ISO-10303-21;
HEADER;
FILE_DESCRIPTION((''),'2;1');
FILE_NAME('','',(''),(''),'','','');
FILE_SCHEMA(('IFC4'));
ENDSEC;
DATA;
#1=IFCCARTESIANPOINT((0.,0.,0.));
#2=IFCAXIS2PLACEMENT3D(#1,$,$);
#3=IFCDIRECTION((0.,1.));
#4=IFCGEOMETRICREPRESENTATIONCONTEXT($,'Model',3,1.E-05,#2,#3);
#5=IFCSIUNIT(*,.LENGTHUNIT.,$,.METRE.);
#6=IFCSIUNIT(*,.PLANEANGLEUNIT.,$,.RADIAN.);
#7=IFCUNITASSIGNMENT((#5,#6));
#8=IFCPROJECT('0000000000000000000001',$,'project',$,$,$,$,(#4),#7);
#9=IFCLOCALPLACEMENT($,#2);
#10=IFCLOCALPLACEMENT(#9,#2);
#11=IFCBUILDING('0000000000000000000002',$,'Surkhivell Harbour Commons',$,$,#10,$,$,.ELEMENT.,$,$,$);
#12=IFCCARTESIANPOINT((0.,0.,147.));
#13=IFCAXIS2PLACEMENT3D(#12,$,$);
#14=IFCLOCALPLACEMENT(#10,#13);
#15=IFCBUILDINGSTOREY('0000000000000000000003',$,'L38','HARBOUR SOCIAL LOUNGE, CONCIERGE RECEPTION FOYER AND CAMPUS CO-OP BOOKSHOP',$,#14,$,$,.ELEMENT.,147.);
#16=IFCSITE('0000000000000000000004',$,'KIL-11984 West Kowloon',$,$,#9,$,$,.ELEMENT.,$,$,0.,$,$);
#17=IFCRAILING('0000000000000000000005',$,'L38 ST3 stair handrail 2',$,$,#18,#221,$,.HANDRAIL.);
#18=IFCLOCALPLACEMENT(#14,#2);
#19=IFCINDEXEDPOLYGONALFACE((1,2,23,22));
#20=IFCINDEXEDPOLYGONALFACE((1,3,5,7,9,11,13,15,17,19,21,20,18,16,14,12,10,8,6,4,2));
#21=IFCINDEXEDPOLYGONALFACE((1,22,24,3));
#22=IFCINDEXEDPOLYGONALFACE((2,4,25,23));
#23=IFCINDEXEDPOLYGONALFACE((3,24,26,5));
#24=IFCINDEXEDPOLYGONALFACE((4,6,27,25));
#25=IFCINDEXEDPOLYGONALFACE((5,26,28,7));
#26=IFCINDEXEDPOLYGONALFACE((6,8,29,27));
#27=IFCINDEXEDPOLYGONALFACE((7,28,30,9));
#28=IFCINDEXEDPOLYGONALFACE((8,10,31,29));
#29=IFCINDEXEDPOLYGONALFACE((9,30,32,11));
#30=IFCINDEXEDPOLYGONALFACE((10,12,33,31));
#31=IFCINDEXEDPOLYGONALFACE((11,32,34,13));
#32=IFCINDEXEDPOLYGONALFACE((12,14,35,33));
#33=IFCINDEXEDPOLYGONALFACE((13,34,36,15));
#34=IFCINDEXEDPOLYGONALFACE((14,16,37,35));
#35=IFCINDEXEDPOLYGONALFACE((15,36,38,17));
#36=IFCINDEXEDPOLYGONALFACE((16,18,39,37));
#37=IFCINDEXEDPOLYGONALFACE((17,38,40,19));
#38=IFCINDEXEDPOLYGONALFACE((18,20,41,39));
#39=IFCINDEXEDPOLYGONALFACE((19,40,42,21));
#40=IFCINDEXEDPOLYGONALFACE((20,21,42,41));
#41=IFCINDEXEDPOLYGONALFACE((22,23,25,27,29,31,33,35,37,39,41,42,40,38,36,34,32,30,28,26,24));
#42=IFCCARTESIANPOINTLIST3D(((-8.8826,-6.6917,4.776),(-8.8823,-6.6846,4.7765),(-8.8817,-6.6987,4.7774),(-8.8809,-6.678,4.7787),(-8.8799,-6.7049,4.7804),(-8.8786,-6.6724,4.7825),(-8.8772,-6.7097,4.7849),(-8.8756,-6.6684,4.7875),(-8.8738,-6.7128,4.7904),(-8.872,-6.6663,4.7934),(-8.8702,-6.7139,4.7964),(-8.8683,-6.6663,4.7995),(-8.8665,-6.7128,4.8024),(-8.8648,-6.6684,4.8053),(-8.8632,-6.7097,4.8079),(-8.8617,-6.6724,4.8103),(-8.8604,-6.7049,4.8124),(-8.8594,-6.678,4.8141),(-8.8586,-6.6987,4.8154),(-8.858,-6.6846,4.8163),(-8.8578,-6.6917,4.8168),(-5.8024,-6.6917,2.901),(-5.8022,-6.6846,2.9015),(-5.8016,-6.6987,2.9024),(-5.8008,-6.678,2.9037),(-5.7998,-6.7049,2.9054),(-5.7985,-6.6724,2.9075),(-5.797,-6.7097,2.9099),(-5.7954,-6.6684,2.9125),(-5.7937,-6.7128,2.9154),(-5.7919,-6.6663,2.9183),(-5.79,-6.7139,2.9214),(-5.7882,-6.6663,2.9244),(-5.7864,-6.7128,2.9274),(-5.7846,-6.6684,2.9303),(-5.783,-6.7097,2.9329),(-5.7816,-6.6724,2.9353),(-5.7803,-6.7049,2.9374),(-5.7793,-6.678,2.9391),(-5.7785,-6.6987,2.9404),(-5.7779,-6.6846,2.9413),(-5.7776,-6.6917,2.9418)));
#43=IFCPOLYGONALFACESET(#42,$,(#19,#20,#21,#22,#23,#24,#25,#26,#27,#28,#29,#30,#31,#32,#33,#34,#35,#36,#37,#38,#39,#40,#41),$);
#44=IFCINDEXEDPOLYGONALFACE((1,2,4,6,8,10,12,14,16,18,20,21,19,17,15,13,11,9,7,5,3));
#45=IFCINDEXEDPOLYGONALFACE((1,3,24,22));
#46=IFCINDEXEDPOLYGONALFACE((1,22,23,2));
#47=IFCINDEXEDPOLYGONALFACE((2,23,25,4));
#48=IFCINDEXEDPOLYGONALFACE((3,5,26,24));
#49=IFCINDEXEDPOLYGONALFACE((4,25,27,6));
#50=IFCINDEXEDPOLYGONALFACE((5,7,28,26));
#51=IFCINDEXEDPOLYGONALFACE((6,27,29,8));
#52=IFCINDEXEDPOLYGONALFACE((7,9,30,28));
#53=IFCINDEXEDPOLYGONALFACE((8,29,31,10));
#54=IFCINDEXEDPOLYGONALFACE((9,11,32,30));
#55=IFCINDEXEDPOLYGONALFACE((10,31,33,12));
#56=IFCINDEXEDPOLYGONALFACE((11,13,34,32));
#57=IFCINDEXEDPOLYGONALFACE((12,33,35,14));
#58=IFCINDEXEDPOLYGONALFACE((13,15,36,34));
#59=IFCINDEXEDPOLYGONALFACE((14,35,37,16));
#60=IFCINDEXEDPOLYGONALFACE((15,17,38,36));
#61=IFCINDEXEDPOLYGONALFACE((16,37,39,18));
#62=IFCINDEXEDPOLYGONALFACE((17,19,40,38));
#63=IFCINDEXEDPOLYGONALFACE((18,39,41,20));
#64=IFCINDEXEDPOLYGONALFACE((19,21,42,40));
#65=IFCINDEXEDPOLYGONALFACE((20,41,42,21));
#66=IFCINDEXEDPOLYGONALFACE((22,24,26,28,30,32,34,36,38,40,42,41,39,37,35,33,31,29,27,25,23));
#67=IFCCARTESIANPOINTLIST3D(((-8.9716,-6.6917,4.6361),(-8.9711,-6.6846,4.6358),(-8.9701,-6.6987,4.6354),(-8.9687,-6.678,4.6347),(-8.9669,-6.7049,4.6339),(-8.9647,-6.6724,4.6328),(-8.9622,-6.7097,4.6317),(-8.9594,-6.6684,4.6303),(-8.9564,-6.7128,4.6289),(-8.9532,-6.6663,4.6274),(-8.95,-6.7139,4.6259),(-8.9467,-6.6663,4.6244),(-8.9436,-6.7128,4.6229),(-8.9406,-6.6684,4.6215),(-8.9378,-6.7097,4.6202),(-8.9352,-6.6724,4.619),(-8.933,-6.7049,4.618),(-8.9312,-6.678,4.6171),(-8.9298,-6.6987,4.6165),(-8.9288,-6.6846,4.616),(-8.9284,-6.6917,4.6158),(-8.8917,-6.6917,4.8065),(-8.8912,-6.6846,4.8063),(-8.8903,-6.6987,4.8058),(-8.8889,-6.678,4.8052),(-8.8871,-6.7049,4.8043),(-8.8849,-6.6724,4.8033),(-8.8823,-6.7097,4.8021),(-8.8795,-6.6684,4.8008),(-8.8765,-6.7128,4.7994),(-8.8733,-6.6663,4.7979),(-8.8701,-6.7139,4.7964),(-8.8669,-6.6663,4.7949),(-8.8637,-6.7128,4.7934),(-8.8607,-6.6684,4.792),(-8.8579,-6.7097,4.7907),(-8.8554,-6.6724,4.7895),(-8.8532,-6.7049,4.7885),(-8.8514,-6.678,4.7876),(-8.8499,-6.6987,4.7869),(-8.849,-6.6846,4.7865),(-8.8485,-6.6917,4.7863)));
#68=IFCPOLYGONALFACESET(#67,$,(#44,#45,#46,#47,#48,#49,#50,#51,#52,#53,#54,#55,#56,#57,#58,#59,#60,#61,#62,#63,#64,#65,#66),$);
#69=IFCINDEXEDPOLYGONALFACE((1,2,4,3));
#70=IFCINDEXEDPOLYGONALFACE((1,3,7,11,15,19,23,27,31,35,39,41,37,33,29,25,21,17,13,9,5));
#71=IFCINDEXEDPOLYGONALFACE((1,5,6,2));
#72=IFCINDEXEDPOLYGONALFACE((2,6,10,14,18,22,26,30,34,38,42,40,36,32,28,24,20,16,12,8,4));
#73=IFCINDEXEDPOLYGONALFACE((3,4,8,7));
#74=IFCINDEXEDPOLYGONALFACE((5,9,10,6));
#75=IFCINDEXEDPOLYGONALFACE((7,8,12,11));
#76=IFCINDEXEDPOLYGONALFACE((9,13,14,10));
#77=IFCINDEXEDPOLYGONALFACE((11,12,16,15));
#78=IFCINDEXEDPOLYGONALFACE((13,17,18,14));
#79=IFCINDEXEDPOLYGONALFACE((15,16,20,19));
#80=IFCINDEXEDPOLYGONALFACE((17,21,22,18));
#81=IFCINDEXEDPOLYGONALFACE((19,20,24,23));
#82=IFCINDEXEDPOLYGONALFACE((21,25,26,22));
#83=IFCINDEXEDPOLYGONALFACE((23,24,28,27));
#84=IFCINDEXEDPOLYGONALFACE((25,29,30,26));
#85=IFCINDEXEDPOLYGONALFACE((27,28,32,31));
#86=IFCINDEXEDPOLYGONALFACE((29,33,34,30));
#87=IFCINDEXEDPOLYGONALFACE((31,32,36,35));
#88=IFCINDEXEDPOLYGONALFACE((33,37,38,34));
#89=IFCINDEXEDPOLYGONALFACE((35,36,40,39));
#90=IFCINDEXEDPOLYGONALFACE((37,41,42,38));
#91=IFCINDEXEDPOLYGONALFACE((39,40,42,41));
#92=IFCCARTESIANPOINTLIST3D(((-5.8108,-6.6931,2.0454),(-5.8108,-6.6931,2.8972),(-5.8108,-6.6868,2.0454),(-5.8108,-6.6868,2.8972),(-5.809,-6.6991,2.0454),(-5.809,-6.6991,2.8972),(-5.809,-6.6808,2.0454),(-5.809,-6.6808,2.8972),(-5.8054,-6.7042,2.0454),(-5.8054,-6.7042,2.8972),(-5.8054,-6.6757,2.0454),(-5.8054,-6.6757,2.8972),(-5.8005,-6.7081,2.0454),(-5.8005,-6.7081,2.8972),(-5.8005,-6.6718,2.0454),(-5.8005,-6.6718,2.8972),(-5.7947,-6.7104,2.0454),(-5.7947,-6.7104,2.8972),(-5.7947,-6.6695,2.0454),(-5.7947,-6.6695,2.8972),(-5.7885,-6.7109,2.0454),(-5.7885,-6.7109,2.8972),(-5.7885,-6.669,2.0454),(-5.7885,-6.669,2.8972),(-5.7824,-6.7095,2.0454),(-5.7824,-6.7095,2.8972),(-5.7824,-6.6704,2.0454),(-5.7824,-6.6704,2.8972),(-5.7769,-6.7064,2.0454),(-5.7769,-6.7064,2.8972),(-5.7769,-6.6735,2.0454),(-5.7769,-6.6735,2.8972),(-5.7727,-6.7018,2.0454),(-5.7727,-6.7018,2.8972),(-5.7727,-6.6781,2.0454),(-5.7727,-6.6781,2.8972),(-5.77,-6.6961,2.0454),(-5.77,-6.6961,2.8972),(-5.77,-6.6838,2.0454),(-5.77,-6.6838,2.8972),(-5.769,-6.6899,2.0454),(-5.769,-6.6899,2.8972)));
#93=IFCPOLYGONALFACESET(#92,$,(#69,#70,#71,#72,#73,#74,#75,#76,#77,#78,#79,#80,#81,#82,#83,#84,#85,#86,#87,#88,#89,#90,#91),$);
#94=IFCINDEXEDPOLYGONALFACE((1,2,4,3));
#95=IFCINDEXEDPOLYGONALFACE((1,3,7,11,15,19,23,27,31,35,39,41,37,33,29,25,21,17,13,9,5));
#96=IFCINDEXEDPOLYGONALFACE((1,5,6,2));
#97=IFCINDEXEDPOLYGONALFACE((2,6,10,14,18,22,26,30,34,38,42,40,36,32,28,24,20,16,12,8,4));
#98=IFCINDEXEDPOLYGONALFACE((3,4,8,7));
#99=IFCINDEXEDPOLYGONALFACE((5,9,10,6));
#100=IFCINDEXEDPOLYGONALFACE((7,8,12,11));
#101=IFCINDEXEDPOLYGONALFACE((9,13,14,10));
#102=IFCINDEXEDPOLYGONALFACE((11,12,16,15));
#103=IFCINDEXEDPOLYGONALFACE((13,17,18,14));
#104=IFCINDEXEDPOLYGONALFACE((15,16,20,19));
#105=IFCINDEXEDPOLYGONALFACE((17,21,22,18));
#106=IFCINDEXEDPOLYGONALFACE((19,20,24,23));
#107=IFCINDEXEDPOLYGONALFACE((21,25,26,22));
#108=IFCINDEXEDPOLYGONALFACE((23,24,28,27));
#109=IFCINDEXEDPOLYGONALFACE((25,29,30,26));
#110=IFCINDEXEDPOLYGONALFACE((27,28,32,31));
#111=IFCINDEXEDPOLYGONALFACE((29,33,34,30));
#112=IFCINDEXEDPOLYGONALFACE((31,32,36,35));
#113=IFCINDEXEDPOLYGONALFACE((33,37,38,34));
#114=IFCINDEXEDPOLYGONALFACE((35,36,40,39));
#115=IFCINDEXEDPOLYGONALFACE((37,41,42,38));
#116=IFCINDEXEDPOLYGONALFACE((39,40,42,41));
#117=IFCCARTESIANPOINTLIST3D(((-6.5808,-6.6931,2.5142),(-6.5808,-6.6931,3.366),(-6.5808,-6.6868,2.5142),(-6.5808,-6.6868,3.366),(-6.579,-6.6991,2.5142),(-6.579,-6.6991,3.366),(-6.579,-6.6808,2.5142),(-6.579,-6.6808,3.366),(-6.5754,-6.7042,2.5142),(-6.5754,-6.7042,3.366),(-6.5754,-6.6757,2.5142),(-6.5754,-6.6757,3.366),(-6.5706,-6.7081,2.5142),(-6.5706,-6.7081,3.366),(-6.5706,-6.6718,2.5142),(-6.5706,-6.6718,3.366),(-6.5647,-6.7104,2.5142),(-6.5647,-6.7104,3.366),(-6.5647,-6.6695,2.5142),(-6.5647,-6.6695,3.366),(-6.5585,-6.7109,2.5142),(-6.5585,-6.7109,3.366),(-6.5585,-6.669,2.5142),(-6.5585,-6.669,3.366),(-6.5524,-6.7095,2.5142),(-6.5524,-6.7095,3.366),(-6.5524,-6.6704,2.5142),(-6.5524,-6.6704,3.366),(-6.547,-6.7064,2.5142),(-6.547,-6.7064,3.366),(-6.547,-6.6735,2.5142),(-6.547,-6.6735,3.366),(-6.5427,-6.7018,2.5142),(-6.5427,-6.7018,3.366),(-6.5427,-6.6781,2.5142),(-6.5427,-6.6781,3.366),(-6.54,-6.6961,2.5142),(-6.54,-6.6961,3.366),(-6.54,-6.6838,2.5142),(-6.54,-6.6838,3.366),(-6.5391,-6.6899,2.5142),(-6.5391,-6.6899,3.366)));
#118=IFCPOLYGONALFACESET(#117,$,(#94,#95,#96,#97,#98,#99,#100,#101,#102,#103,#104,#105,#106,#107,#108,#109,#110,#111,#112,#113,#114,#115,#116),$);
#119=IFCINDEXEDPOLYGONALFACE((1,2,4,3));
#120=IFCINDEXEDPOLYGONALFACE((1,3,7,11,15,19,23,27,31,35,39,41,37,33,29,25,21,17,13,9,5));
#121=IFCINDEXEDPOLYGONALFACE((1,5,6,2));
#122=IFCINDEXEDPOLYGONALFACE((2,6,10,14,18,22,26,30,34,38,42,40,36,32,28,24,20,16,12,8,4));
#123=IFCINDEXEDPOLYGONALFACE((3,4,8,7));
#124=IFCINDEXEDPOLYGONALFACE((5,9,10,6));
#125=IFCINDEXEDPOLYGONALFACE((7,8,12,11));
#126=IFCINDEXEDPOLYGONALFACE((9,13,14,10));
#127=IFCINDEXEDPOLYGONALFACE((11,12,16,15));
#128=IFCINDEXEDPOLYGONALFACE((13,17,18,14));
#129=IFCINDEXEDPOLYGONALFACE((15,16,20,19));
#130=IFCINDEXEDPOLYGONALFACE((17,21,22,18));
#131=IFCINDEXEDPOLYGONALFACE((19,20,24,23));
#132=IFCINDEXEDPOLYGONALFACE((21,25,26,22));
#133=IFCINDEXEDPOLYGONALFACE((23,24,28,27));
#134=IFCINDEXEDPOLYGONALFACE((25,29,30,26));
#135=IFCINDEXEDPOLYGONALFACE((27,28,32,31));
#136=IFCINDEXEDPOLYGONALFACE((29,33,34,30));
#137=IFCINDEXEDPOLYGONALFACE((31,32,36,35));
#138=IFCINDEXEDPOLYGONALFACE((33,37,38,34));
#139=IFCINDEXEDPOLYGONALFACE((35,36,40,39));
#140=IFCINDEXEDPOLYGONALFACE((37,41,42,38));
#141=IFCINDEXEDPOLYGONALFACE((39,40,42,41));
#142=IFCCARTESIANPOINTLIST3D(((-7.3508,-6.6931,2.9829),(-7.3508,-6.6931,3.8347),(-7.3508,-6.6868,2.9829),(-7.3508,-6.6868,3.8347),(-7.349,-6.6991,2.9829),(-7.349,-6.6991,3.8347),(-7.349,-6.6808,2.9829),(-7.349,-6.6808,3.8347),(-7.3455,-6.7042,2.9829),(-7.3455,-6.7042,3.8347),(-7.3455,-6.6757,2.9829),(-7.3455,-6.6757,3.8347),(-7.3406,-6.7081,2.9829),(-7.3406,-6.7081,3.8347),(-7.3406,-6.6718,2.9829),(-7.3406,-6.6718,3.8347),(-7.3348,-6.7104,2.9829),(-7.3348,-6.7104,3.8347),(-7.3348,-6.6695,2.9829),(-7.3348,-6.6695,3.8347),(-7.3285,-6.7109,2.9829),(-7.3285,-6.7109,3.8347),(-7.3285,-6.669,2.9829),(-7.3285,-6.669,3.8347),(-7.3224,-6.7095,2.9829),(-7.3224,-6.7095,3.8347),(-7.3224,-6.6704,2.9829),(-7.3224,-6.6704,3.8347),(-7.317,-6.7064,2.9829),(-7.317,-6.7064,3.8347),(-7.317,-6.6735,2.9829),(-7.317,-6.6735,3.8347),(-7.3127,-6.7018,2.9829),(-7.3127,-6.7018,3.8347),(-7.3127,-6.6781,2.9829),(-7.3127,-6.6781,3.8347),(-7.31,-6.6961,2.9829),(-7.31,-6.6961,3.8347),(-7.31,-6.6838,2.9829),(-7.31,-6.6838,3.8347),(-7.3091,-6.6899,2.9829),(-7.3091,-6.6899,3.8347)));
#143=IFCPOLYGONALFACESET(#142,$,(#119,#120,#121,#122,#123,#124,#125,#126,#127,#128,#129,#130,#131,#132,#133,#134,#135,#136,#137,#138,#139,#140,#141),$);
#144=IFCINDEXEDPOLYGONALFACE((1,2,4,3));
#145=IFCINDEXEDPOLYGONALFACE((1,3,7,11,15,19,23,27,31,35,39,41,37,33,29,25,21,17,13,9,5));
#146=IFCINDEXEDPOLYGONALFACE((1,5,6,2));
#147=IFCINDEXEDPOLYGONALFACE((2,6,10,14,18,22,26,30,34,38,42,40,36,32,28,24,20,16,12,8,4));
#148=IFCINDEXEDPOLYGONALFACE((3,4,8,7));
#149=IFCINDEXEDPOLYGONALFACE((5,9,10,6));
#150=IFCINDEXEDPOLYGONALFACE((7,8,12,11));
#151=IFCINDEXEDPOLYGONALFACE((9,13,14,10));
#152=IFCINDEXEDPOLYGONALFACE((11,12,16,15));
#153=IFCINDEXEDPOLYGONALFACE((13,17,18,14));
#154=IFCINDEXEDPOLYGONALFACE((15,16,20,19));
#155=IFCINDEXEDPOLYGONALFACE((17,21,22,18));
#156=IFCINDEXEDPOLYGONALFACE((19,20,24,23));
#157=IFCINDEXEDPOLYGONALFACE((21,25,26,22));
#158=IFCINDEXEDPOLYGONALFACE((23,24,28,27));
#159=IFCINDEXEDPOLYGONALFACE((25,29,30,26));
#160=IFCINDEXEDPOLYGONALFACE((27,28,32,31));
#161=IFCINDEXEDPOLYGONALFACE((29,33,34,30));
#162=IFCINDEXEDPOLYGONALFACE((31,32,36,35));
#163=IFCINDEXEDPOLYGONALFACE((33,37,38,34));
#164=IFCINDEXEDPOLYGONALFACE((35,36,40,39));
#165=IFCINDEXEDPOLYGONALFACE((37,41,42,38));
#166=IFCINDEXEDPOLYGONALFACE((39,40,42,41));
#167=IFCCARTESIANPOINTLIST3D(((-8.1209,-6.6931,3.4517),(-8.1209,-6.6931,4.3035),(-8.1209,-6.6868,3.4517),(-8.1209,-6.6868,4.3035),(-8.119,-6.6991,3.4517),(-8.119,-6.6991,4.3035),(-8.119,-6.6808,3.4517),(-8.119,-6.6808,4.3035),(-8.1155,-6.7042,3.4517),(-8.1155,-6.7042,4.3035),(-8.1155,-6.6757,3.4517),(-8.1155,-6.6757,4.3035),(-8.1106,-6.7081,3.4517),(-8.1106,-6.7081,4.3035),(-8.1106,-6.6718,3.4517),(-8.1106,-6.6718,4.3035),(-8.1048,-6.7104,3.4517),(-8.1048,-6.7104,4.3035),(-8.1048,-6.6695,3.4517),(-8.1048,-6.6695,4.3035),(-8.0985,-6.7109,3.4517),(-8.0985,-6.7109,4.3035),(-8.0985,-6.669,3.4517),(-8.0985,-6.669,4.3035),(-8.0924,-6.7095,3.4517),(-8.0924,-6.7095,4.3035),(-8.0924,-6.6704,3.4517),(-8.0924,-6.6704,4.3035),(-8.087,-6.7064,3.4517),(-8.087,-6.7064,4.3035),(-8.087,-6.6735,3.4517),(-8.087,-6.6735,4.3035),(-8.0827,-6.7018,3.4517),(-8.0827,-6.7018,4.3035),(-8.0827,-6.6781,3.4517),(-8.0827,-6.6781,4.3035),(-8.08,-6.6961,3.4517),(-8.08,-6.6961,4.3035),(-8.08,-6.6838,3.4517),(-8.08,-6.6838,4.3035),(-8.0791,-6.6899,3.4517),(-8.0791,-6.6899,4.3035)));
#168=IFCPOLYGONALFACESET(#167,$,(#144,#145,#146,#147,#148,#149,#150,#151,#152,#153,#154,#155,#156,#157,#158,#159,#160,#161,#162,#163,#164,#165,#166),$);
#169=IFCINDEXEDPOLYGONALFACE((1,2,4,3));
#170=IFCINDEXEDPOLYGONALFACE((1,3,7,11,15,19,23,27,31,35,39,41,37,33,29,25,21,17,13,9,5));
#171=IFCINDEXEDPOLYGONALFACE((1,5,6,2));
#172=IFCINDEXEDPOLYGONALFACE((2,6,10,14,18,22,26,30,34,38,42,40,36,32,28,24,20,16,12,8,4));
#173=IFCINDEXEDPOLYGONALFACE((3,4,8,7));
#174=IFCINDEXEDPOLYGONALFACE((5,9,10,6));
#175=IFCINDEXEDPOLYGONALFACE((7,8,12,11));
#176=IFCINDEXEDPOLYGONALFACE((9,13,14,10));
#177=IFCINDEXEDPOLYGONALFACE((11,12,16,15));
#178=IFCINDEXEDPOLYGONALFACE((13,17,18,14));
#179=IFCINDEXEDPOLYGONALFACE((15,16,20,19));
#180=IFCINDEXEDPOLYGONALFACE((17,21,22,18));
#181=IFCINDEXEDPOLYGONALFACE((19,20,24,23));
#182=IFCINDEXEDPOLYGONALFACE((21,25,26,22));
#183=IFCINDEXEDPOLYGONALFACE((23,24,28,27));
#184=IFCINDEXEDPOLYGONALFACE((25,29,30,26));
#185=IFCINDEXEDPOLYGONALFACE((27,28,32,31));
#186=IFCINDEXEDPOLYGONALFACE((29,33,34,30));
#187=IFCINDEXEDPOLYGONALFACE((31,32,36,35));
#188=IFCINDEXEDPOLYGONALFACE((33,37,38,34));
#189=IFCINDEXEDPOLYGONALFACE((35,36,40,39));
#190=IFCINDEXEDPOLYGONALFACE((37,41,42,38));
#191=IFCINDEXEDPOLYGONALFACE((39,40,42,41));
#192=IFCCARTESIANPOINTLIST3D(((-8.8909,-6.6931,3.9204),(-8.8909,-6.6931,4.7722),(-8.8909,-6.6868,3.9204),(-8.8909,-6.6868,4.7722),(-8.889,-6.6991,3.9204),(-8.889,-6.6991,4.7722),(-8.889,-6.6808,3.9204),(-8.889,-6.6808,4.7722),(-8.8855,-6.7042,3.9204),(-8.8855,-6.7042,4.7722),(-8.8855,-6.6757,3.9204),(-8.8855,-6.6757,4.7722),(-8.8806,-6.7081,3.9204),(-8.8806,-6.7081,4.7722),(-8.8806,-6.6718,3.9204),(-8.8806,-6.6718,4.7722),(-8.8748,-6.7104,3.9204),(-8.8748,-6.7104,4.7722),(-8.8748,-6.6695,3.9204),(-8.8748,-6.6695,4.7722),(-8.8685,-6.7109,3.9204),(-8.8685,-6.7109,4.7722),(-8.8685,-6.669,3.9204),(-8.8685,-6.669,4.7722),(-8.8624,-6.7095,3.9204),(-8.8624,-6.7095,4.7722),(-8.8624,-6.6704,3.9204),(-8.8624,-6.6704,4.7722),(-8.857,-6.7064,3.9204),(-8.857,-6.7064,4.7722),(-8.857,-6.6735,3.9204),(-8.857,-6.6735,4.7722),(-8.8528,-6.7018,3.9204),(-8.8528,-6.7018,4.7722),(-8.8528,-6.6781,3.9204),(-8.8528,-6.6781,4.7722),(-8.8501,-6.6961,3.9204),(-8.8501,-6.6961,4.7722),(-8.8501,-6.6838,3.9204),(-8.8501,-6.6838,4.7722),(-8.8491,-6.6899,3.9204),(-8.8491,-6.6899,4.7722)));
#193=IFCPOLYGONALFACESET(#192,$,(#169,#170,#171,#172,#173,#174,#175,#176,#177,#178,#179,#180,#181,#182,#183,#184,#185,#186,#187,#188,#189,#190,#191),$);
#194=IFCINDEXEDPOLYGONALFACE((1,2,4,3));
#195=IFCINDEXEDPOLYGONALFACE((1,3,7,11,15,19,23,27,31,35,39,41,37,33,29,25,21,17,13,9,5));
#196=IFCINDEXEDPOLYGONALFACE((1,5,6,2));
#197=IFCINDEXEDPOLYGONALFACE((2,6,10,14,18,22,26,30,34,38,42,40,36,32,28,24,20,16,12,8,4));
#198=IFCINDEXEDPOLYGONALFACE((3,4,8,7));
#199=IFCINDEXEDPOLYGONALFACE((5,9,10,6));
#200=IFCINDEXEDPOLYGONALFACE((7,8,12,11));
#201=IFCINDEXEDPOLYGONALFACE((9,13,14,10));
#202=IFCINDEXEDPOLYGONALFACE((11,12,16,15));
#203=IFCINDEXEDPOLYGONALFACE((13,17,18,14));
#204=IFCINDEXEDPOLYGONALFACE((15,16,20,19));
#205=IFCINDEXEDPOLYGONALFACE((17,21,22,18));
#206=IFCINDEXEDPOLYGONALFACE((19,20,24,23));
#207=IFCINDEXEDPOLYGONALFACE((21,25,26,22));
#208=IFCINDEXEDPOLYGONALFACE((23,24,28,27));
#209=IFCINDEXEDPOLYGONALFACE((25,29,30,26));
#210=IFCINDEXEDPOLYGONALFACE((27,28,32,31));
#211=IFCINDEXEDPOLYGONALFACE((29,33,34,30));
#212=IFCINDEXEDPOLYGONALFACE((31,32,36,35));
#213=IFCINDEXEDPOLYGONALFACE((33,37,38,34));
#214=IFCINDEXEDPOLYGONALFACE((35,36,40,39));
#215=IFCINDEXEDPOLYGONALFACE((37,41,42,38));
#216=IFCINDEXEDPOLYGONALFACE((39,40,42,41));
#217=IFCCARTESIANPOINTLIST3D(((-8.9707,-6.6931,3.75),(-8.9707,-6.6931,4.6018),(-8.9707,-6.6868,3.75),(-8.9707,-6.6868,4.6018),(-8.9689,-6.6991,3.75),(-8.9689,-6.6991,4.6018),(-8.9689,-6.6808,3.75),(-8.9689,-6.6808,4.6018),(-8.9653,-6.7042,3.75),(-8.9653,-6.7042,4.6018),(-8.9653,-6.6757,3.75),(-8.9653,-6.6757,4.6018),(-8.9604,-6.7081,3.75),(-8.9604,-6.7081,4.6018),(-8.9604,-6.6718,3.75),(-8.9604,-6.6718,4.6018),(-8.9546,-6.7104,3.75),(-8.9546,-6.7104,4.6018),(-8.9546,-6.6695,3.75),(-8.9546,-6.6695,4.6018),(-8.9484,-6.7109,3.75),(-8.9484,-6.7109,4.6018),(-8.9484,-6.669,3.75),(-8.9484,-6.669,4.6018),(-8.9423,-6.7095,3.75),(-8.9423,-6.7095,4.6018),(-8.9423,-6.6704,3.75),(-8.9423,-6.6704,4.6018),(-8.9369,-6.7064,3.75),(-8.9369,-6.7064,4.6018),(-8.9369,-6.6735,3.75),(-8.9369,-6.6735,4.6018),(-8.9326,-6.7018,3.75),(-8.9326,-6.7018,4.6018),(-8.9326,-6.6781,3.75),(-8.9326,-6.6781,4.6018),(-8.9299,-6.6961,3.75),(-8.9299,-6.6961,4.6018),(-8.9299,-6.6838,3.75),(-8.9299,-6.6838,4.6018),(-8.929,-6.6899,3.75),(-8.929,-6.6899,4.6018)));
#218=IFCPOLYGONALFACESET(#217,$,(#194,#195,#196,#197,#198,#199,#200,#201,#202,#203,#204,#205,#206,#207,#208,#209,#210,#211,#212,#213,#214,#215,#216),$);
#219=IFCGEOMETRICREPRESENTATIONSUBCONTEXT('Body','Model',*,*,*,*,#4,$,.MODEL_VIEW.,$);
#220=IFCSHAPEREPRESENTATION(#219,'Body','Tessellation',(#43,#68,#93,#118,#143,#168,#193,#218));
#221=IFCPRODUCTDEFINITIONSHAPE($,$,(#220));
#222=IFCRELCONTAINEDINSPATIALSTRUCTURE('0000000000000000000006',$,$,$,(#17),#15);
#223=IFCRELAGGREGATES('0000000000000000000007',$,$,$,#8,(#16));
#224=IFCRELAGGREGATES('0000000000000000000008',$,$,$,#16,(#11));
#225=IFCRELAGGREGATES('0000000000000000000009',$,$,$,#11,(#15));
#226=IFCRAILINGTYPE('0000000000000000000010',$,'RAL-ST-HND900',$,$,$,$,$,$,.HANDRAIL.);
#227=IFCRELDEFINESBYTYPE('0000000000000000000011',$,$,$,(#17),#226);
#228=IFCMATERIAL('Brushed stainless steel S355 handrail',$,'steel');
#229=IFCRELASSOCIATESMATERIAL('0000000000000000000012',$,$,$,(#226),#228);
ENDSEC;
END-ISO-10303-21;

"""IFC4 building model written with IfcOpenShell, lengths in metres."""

from ifc_helpers import new_model, si_unit, direction, frame, origin, origin_2d, place, context, subcontext, project, spatial, circle, extrude, material, type_object, element, save


model = new_model("IFC4")

# Units and contexts
model_context = context("Model", 3, precision=1e-05, world=origin(), true_north=direction((0.0, 1.0)))
body_context = subcontext(model_context, "Body", "Model", "MODEL_VIEW")
ifc_project = project(units=[si_unit("LENGTHUNIT", "METRE"), si_unit("PLANEANGLEUNIT", "RADIAN")], contexts=[model_context])

# Site, building, storey
site_placement = place(None, origin())
site = spatial("IfcSite", under=ifc_project, at=site_placement, Name="KIL-11984 West Kowloon", CompositionType="ELEMENT", RefElevation=0.0)
building_placement = place(site_placement, origin())
building = spatial("IfcBuilding", under=site, at=building_placement, Name="Surkhivell Harbour Commons", CompositionType="ELEMENT")
storey_placement = place(building_placement, frame((0.0, 0.0, 147.0)))
storey = spatial("IfcBuildingStorey", under=building, at=storey_placement, Name="L38", Description="HARBOUR SOCIAL LOUNGE, CONCIERGE RECEPTION FOYER AND CAMPUS CO-OP BOOKSHOP", CompositionType="ELEMENT", Elevation=147.0)

# Railing
ifc_material_1 = material(Name="Brushed stainless steel S355 handrail", Category="steel")
railing_type_1 = type_object("IfcRailingType", Name="RAL-ST-HND900", PredefinedType="HANDRAIL", material=ifc_material_1)
railing_1_placement = place(storey_placement, frame((-5.79, -6.6899, 2.0454)))
element("IfcRailing", 1, at=railing_1_placement, inside=storey, type_object=railing_type_1, Name="L38 ST3 stair handrail 2", PredefinedType="HANDRAIL", context=body_context, shape_type="SweptSolid", body=[
    extrude(circle(Radius=0.0239, at=origin_2d()), frame((0.0, 0.0, 0.876), z_axis=(-0.854178, 0.0, 0.519981), x_axis=(0.0, -1.0, 0.0)), (0.0, 0.0, 1.0), 3.606),
    extrude(circle(Radius=0.0239, at=origin_2d()), frame((-3.0801, 0.0, 2.751), z_axis=(-0.424234, 0.0, -0.905552), x_axis=(0.0, -1.0, 0.0)), (0.0, 0.0, 1.0), 0.1882),
    extrude(circle(Radius=0.021, at=origin_2d()), origin(), (0.0, 0.0, 1.0), 0.8518),
    extrude(circle(Radius=0.021, at=origin_2d()), frame((-0.77, 0.0, 0.4688)), (0.0, 0.0, 1.0), 0.8518),
    extrude(circle(Radius=0.021, at=origin_2d()), frame((-1.54, 0.0, 0.9375)), (0.0, 0.0, 1.0), 0.8518),
    extrude(circle(Radius=0.021, at=origin_2d()), frame((-2.3101, 0.0, 1.4062)), (0.0, 0.0, 1.0), 0.8518),
    extrude(circle(Radius=0.021, at=origin_2d()), frame((-3.0801, 0.0, 1.875)), (0.0, 0.0, 1.0), 0.8518),
    extrude(circle(Radius=0.021, at=origin_2d()), frame((-3.1599, 0.0, 1.7046)), (0.0, 0.0, 1.0), 0.8518),
])

save(model, "model.ifc")
